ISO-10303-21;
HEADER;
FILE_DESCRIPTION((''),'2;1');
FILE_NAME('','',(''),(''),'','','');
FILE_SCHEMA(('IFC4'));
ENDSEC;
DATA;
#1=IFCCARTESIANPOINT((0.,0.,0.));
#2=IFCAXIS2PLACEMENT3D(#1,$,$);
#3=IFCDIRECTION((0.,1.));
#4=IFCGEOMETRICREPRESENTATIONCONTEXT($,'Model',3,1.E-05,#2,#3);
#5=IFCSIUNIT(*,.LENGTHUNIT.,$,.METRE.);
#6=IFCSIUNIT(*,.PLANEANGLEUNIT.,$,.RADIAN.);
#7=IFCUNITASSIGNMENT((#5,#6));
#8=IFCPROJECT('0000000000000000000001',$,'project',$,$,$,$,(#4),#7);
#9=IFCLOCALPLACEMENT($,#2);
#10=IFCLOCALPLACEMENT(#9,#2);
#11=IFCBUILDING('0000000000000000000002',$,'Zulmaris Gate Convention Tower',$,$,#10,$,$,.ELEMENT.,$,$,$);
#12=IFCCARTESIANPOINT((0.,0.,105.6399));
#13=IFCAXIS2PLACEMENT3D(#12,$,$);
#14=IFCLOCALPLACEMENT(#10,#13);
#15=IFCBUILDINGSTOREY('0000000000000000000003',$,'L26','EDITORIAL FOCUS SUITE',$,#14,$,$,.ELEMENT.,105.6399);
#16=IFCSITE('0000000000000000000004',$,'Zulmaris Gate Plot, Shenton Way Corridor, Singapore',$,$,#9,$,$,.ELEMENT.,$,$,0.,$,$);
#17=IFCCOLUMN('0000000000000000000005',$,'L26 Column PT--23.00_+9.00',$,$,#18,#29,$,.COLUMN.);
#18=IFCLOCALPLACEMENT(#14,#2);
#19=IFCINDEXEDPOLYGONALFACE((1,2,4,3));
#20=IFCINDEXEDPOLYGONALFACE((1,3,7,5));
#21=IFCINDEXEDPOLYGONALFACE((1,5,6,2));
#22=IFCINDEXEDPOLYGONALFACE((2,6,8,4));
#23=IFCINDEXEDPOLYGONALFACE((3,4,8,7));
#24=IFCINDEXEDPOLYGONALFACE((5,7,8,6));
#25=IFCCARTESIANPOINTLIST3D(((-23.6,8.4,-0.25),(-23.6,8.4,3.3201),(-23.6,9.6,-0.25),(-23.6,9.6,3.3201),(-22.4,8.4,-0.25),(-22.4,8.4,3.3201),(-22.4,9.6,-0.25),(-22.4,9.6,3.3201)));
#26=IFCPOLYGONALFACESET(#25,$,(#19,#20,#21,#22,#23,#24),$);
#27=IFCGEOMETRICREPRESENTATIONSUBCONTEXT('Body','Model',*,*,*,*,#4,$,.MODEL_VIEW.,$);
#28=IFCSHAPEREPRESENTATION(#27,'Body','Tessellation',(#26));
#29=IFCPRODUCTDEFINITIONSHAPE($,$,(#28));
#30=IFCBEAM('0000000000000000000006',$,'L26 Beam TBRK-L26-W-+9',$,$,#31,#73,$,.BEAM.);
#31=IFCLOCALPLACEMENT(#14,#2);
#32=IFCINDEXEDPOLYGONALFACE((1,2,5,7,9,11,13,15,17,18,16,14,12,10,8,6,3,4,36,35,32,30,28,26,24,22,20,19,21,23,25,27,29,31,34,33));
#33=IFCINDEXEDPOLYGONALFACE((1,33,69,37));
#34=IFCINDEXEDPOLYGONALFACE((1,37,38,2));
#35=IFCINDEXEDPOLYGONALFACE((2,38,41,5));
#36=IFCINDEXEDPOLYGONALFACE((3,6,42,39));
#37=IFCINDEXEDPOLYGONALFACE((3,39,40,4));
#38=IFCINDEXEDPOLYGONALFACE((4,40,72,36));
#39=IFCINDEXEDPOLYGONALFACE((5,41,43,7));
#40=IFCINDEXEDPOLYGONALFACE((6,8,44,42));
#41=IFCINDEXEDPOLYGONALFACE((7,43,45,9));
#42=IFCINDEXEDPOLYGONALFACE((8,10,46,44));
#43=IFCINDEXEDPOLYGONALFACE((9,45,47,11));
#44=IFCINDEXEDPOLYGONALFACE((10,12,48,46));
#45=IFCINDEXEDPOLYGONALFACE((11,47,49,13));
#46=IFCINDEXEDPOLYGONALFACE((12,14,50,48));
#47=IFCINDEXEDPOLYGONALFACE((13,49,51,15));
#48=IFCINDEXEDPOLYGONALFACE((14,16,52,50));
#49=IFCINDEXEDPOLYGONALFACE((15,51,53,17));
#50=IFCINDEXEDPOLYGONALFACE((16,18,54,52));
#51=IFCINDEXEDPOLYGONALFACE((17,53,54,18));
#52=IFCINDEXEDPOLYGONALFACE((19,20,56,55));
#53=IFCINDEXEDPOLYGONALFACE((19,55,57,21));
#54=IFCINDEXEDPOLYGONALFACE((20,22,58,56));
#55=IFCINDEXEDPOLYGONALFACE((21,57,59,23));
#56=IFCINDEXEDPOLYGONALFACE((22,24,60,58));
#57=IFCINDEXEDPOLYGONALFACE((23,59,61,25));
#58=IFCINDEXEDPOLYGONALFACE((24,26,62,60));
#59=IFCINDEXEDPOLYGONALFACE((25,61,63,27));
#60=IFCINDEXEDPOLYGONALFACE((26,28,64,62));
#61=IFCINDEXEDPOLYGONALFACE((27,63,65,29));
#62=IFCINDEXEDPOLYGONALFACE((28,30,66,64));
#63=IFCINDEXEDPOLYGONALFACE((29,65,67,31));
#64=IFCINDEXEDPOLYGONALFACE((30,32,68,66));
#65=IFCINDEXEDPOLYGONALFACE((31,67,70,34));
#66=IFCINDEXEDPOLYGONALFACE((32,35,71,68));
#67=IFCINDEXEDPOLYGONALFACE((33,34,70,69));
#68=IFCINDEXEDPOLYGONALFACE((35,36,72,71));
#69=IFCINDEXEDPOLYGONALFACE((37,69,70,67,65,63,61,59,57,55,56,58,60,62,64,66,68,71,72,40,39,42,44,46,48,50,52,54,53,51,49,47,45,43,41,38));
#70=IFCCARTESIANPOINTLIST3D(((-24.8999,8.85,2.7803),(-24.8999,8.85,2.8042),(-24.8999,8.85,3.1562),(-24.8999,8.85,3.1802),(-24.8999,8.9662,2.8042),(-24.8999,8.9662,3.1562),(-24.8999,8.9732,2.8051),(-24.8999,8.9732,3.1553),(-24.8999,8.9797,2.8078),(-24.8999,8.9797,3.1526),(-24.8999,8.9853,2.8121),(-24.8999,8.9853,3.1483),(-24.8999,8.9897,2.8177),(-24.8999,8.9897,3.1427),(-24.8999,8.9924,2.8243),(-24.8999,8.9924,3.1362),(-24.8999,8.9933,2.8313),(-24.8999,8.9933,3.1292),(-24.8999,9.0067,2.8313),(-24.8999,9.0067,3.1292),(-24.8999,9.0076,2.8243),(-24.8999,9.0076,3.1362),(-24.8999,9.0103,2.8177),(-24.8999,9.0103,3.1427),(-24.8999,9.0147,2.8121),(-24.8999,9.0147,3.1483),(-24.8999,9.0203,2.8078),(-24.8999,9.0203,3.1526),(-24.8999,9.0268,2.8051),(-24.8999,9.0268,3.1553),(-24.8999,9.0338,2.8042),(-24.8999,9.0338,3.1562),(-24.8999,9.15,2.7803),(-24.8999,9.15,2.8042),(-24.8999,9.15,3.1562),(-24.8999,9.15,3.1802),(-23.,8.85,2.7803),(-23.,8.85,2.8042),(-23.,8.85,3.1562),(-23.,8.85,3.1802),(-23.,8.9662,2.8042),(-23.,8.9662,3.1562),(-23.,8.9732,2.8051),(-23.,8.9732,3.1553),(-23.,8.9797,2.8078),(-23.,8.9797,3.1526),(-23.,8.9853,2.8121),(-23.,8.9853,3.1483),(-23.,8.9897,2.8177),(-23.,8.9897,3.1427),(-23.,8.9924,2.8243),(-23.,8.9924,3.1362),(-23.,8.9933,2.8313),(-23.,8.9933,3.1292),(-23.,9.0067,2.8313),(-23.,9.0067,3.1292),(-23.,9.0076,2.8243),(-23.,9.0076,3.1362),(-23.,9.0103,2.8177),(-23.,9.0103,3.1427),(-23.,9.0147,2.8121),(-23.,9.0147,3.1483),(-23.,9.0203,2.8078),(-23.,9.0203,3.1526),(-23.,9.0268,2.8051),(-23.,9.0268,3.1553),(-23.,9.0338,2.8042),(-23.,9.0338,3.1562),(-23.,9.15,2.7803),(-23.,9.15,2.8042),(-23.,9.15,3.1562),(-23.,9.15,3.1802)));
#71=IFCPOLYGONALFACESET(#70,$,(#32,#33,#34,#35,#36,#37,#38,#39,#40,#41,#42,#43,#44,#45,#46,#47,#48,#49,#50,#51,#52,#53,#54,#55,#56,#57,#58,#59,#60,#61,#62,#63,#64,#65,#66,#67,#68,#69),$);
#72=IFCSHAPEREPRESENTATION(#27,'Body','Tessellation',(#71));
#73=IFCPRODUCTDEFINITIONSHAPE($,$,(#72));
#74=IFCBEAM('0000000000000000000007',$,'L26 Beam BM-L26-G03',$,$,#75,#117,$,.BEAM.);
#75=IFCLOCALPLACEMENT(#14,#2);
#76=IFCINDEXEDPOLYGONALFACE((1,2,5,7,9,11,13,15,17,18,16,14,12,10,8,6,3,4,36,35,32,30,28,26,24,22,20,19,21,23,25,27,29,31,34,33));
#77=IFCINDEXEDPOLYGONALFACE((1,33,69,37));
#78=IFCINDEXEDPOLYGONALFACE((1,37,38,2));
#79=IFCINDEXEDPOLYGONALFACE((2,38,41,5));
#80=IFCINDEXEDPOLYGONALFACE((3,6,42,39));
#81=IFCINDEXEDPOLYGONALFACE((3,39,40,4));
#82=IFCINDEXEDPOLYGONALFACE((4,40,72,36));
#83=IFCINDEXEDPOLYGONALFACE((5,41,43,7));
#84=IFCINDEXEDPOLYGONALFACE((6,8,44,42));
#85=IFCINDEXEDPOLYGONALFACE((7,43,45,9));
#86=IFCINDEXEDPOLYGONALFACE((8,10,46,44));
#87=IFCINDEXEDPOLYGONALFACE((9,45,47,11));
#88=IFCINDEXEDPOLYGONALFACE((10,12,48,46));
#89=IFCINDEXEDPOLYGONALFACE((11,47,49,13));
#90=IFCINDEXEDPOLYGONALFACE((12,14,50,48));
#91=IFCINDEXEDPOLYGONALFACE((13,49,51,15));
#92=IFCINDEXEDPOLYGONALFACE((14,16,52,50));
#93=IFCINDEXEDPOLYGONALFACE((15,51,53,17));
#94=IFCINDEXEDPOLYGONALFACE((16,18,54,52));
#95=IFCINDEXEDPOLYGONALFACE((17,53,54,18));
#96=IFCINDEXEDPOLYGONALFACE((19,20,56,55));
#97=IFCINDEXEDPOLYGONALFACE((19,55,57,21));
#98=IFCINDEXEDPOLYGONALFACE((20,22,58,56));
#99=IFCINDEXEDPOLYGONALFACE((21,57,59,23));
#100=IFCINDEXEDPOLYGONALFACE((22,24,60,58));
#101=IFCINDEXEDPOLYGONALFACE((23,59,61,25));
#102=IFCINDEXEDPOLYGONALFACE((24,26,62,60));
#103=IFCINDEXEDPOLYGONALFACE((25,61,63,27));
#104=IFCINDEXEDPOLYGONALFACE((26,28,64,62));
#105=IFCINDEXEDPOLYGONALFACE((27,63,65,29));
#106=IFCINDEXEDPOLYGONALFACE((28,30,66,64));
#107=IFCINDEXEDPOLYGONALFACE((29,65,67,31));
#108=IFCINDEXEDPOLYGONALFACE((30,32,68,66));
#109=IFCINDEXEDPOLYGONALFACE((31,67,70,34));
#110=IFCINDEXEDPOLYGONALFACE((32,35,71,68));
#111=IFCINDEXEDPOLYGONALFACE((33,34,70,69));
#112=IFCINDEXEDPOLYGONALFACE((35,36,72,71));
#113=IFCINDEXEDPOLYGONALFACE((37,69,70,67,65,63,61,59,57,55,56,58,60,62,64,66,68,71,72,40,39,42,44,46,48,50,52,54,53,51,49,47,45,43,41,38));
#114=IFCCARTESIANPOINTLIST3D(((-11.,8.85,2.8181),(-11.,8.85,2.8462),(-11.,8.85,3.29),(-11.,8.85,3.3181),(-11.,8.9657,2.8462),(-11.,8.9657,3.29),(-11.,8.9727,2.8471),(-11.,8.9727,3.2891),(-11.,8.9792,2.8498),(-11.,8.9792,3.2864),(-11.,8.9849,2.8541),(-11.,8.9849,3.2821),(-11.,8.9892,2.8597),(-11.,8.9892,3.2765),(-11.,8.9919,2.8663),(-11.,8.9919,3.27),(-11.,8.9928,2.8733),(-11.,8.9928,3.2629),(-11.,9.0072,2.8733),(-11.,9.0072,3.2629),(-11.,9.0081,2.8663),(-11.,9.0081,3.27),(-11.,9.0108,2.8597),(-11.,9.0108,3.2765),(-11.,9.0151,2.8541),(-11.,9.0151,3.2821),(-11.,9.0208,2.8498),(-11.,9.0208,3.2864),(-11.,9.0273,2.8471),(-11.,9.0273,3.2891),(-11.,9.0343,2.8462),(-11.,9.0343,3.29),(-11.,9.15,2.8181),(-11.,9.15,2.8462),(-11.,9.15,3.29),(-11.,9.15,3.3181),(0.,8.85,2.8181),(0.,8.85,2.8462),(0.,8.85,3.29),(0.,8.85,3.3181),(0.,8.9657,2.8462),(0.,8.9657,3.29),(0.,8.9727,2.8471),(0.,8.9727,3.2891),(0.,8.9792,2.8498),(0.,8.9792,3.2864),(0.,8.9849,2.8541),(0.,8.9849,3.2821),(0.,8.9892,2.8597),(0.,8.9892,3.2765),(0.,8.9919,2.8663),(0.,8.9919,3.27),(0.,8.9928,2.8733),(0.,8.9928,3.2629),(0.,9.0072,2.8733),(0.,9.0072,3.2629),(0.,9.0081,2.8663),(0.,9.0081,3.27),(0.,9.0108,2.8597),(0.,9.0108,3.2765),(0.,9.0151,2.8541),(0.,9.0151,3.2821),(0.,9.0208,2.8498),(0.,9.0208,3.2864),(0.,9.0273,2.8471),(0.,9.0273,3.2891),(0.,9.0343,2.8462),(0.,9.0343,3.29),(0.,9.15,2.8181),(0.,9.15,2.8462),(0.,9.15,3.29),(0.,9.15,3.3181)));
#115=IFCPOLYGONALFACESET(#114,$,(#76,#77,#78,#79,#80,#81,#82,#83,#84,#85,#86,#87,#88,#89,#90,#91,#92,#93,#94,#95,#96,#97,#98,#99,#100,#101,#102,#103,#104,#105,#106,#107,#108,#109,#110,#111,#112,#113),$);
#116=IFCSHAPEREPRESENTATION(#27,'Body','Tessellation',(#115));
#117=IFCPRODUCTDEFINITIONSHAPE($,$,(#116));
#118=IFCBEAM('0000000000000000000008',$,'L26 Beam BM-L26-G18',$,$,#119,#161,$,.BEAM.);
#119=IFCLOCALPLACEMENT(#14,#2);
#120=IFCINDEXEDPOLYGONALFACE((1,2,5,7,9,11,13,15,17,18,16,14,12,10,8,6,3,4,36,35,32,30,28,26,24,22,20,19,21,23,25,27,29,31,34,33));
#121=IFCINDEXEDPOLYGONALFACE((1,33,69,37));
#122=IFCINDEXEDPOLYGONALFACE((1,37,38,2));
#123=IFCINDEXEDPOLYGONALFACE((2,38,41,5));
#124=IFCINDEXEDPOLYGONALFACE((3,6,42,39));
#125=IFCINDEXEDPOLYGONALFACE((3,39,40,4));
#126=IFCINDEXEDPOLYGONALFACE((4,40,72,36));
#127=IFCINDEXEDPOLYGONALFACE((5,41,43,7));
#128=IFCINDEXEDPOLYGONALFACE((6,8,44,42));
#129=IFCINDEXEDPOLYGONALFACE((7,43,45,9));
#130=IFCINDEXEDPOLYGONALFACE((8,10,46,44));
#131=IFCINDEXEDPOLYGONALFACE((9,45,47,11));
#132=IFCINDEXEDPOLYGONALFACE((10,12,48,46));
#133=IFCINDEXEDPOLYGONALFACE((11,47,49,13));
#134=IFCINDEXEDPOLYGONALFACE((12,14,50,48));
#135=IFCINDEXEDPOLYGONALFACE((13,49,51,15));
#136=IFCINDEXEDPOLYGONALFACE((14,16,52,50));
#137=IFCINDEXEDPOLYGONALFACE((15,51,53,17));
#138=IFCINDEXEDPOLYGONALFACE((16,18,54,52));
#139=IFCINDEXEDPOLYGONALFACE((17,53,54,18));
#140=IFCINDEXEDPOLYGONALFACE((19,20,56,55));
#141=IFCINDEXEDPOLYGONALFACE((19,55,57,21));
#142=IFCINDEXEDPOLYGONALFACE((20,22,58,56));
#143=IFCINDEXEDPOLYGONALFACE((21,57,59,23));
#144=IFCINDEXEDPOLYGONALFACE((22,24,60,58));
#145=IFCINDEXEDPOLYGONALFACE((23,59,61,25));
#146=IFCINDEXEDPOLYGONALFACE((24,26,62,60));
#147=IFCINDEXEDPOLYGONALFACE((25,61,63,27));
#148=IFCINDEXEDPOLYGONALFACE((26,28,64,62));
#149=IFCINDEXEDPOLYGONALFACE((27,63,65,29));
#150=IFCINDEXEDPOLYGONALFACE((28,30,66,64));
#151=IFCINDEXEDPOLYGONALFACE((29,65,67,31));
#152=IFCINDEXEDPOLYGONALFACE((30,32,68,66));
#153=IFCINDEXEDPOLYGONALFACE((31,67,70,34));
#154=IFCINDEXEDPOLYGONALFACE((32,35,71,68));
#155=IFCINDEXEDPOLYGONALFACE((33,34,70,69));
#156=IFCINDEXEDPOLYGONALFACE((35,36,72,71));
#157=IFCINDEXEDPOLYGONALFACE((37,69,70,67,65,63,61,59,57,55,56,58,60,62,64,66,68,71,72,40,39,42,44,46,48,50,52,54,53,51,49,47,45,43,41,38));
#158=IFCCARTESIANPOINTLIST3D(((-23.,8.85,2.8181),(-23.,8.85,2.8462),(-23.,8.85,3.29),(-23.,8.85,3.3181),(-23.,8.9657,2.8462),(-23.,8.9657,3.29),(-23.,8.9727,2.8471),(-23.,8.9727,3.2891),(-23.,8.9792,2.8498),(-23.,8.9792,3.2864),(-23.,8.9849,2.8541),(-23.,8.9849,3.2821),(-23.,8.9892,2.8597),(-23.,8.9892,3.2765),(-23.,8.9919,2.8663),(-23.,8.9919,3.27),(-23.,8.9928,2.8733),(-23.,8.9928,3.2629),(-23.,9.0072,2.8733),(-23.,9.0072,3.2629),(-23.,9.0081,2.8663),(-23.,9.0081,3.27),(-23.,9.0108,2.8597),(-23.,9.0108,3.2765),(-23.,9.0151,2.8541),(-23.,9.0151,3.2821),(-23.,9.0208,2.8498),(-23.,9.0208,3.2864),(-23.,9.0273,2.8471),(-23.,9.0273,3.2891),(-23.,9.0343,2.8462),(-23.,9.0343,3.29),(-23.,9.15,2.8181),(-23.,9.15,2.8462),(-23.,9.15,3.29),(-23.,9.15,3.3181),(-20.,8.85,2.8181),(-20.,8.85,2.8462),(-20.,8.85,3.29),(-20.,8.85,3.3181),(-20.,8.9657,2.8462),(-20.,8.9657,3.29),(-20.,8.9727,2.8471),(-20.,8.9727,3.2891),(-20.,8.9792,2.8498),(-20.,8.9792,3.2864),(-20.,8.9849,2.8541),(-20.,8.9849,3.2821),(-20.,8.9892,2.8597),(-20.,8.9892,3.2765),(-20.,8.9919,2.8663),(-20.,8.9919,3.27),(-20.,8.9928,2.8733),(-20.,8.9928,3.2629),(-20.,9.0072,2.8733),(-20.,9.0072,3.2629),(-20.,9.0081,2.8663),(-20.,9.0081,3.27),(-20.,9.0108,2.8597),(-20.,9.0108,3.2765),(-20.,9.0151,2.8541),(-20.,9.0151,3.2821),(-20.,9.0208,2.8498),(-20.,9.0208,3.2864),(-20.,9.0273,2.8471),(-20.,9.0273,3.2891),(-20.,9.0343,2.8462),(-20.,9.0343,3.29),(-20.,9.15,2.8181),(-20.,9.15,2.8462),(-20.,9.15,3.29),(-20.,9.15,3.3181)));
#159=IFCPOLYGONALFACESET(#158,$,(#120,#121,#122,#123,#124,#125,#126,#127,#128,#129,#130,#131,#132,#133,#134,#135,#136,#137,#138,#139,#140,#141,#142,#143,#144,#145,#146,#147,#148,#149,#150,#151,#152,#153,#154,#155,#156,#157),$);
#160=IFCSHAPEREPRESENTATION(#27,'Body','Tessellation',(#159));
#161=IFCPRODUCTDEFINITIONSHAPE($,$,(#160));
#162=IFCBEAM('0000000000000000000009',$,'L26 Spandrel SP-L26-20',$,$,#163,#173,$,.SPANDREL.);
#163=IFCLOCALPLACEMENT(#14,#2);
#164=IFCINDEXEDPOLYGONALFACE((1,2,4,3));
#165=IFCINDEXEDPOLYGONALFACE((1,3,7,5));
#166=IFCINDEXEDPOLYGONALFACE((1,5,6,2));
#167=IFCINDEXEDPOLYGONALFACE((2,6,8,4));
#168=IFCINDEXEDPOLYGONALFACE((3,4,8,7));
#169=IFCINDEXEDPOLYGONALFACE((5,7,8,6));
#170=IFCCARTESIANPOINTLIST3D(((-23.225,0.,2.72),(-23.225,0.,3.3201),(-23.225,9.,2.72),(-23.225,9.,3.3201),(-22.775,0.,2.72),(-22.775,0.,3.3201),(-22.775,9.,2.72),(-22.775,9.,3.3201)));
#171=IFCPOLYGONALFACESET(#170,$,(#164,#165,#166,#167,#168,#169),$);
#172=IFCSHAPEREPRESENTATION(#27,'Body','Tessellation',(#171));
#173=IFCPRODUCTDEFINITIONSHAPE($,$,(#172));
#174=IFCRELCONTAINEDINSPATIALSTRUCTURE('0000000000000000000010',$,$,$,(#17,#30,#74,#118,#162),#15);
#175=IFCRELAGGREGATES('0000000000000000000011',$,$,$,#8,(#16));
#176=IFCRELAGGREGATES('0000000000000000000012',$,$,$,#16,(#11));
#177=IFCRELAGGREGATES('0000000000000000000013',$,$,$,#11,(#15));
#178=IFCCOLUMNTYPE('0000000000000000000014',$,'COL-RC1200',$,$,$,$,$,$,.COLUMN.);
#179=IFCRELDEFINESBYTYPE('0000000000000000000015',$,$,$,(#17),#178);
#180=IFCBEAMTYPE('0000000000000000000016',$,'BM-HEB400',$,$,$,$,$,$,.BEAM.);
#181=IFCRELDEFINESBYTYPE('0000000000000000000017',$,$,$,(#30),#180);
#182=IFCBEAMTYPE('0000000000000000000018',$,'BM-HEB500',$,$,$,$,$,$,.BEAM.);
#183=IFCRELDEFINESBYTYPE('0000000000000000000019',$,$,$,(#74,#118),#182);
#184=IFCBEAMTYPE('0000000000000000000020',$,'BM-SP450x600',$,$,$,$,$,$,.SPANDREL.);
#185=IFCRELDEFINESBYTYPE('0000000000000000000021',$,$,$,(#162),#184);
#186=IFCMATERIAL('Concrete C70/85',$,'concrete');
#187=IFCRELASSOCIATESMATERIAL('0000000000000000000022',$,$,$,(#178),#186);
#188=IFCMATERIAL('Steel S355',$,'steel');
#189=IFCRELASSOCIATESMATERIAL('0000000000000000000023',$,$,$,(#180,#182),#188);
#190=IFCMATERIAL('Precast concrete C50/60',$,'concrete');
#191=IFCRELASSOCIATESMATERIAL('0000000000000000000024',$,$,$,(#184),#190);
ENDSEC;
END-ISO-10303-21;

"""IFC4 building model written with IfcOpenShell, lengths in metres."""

from ifc_helpers import new_model, si_unit, direction, frame, origin, origin_2d, place, context, subcontext, project, spatial, rectangle, i_section, extrude, material, material_profile, profile_set, type_object, element, save


model = new_model("IFC4")

# Units and contexts
model_context = context("Model", 3, precision=1e-05, world=origin(), true_north=direction((0.0, 1.0)))
body_context = subcontext(model_context, "Body", "Model", "MODEL_VIEW")
ifc_project = project(units=[si_unit("LENGTHUNIT", "METRE"), si_unit("PLANEANGLEUNIT", "RADIAN")], contexts=[model_context])

# Site, building, storey
site_placement = place(None, origin())
site = spatial("IfcSite", under=ifc_project, at=site_placement, Name="Zulmaris Gate Plot, Shenton Way Corridor, Singapore", CompositionType="ELEMENT", RefElevation=0.0)
building_placement = place(site_placement, origin())
building = spatial("IfcBuilding", under=site, at=building_placement, Name="Zulmaris Gate Convention Tower", CompositionType="ELEMENT")
storey_placement = place(building_placement, frame((0.0, 0.0, 105.6399)))
storey = spatial("IfcBuildingStorey", under=building, at=storey_placement, Name="L26", Description="EDITORIAL FOCUS SUITE", CompositionType="ELEMENT", Elevation=105.6399)

# Column
ifc_material_1 = material(Name="Concrete C70/85", Category="concrete")
ifc_material_profile_1 = material_profile(ifc_material_1, rectangle(XDim=1.2, YDim=1.2, at=origin_2d()), Name="RC COL 1200x1200")
ifc_profile_set_1 = profile_set([ifc_material_profile_1], Name="Concrete C70/85")
column_type = type_object("IfcColumnType", Name="COL-RC1200", PredefinedType="COLUMN", material=ifc_profile_set_1)
column_placement = place(storey_placement, frame((-23.0, 9.0, -0.25), z_axis=(0.0, 0.0, 1.0), x_axis=(1.0, 0.0, 0.0)))
element("IfcColumn", 1, at=column_placement, inside=storey, type_object=column_type, Name="L26 Column PT--23.00_+9.00", PredefinedType="COLUMN", context=body_context, shape_type="SweptSolid", body=[
    extrude(rectangle(XDim=1.2, YDim=1.2, at=origin_2d()), origin(), (0.0, 0.0, 1.0), 3.5701),
])

# Beams
ifc_material_2 = material(Name="Steel S355", Category="steel")
ifc_material_profile_2 = material_profile(ifc_material_2, i_section(OverallWidth=0.3, OverallDepth=0.3999, WebThickness=0.0134, FlangeThickness=0.0239, FilletRadius=0.0271, at=origin_2d()), Name="HEB 400")
ifc_profile_set_2 = profile_set([ifc_material_profile_2], Name="Steel S355")
beam_type_1 = type_object("IfcBeamType", Name="BM-HEB400", PredefinedType="BEAM", material=ifc_profile_set_2)
beam_1_placement = place(storey_placement, frame((-24.8999, 9.0, 2.9802), z_axis=(1.0, 0.0, 0.0), x_axis=(0.0, 1.0, 0.0)))
element("IfcBeam", 2, at=beam_1_placement, inside=storey, type_object=beam_type_1, Name="L26 Beam TBRK-L26-W-+9", PredefinedType="BEAM", context=body_context, shape_type="SweptSolid", body=[
    extrude(i_section(OverallWidth=0.3, OverallDepth=0.3999, WebThickness=0.0134, FlangeThickness=0.0239, FilletRadius=0.0271, at=origin_2d()), origin(), (0.0, 0.0, 1.0), 1.8999),
])
ifc_material_profile_3 = material_profile(ifc_material_2, i_section(OverallWidth=0.3, OverallDepth=0.5, WebThickness=0.0144, FlangeThickness=0.0281, FilletRadius=0.0271, at=origin_2d()), Name="HEB 500")
ifc_profile_set_3 = profile_set([ifc_material_profile_3], Name="Steel S355")
beam_type_2 = type_object("IfcBeamType", Name="BM-HEB500", PredefinedType="BEAM", material=ifc_profile_set_3)
beam_2_placement = place(storey_placement, frame((-11.0, 9.0, 3.0681), z_axis=(1.0, 0.0, 0.0), x_axis=(0.0, 1.0, 0.0)))
element("IfcBeam", 3, at=beam_2_placement, inside=storey, type_object=beam_type_2, Name="L26 Beam BM-L26-G03", PredefinedType="BEAM", context=body_context, shape_type="SweptSolid", body=[
    extrude(i_section(OverallWidth=0.3, OverallDepth=0.5, WebThickness=0.0144, FlangeThickness=0.0281, FilletRadius=0.0271, at=origin_2d()), origin(), (0.0, 0.0, 1.0), 11.0),
])
beam_3_placement = place(storey_placement, frame((-23.0, 9.0, 3.0681), z_axis=(1.0, 0.0, 0.0), x_axis=(0.0, 1.0, 0.0)))
element("IfcBeam", 4, at=beam_3_placement, inside=storey, type_object=beam_type_2, Name="L26 Beam BM-L26-G18", PredefinedType="BEAM", context=body_context, shape_type="SweptSolid", body=[
    extrude(i_section(OverallWidth=0.3, OverallDepth=0.5, WebThickness=0.0144, FlangeThickness=0.0281, FilletRadius=0.0271, at=origin_2d()), origin(), (0.0, 0.0, 1.0), 3.0),
])
ifc_material_3 = material(Name="Precast concrete C50/60", Category="concrete")
ifc_material_profile_4 = material_profile(ifc_material_3, rectangle(XDim=0.45, YDim=0.6001, at=origin_2d()), Name="RC SPANDREL 450x600")
ifc_profile_set_4 = profile_set([ifc_material_profile_4], Name="Precast concrete C50/60")
beam_type_3 = type_object("IfcBeamType", Name="BM-SP450x600", PredefinedType="SPANDREL", material=ifc_profile_set_4)
beam_4_placement = place(storey_placement, frame((-23.0, 9.0, 3.02), z_axis=(0.0, -1.0, 0.0), x_axis=(1.0, 0.0, 0.0)))
element("IfcBeam", 5, at=beam_4_placement, inside=storey, type_object=beam_type_3, Name="L26 Spandrel SP-L26-20", PredefinedType="SPANDREL", context=body_context, shape_type="SweptSolid", body=[
    extrude(rectangle(XDim=0.45, YDim=0.6001, at=origin_2d()), origin(), (0.0, 0.0, 1.0), 9.0),
])

save(model, "model.ifc")
